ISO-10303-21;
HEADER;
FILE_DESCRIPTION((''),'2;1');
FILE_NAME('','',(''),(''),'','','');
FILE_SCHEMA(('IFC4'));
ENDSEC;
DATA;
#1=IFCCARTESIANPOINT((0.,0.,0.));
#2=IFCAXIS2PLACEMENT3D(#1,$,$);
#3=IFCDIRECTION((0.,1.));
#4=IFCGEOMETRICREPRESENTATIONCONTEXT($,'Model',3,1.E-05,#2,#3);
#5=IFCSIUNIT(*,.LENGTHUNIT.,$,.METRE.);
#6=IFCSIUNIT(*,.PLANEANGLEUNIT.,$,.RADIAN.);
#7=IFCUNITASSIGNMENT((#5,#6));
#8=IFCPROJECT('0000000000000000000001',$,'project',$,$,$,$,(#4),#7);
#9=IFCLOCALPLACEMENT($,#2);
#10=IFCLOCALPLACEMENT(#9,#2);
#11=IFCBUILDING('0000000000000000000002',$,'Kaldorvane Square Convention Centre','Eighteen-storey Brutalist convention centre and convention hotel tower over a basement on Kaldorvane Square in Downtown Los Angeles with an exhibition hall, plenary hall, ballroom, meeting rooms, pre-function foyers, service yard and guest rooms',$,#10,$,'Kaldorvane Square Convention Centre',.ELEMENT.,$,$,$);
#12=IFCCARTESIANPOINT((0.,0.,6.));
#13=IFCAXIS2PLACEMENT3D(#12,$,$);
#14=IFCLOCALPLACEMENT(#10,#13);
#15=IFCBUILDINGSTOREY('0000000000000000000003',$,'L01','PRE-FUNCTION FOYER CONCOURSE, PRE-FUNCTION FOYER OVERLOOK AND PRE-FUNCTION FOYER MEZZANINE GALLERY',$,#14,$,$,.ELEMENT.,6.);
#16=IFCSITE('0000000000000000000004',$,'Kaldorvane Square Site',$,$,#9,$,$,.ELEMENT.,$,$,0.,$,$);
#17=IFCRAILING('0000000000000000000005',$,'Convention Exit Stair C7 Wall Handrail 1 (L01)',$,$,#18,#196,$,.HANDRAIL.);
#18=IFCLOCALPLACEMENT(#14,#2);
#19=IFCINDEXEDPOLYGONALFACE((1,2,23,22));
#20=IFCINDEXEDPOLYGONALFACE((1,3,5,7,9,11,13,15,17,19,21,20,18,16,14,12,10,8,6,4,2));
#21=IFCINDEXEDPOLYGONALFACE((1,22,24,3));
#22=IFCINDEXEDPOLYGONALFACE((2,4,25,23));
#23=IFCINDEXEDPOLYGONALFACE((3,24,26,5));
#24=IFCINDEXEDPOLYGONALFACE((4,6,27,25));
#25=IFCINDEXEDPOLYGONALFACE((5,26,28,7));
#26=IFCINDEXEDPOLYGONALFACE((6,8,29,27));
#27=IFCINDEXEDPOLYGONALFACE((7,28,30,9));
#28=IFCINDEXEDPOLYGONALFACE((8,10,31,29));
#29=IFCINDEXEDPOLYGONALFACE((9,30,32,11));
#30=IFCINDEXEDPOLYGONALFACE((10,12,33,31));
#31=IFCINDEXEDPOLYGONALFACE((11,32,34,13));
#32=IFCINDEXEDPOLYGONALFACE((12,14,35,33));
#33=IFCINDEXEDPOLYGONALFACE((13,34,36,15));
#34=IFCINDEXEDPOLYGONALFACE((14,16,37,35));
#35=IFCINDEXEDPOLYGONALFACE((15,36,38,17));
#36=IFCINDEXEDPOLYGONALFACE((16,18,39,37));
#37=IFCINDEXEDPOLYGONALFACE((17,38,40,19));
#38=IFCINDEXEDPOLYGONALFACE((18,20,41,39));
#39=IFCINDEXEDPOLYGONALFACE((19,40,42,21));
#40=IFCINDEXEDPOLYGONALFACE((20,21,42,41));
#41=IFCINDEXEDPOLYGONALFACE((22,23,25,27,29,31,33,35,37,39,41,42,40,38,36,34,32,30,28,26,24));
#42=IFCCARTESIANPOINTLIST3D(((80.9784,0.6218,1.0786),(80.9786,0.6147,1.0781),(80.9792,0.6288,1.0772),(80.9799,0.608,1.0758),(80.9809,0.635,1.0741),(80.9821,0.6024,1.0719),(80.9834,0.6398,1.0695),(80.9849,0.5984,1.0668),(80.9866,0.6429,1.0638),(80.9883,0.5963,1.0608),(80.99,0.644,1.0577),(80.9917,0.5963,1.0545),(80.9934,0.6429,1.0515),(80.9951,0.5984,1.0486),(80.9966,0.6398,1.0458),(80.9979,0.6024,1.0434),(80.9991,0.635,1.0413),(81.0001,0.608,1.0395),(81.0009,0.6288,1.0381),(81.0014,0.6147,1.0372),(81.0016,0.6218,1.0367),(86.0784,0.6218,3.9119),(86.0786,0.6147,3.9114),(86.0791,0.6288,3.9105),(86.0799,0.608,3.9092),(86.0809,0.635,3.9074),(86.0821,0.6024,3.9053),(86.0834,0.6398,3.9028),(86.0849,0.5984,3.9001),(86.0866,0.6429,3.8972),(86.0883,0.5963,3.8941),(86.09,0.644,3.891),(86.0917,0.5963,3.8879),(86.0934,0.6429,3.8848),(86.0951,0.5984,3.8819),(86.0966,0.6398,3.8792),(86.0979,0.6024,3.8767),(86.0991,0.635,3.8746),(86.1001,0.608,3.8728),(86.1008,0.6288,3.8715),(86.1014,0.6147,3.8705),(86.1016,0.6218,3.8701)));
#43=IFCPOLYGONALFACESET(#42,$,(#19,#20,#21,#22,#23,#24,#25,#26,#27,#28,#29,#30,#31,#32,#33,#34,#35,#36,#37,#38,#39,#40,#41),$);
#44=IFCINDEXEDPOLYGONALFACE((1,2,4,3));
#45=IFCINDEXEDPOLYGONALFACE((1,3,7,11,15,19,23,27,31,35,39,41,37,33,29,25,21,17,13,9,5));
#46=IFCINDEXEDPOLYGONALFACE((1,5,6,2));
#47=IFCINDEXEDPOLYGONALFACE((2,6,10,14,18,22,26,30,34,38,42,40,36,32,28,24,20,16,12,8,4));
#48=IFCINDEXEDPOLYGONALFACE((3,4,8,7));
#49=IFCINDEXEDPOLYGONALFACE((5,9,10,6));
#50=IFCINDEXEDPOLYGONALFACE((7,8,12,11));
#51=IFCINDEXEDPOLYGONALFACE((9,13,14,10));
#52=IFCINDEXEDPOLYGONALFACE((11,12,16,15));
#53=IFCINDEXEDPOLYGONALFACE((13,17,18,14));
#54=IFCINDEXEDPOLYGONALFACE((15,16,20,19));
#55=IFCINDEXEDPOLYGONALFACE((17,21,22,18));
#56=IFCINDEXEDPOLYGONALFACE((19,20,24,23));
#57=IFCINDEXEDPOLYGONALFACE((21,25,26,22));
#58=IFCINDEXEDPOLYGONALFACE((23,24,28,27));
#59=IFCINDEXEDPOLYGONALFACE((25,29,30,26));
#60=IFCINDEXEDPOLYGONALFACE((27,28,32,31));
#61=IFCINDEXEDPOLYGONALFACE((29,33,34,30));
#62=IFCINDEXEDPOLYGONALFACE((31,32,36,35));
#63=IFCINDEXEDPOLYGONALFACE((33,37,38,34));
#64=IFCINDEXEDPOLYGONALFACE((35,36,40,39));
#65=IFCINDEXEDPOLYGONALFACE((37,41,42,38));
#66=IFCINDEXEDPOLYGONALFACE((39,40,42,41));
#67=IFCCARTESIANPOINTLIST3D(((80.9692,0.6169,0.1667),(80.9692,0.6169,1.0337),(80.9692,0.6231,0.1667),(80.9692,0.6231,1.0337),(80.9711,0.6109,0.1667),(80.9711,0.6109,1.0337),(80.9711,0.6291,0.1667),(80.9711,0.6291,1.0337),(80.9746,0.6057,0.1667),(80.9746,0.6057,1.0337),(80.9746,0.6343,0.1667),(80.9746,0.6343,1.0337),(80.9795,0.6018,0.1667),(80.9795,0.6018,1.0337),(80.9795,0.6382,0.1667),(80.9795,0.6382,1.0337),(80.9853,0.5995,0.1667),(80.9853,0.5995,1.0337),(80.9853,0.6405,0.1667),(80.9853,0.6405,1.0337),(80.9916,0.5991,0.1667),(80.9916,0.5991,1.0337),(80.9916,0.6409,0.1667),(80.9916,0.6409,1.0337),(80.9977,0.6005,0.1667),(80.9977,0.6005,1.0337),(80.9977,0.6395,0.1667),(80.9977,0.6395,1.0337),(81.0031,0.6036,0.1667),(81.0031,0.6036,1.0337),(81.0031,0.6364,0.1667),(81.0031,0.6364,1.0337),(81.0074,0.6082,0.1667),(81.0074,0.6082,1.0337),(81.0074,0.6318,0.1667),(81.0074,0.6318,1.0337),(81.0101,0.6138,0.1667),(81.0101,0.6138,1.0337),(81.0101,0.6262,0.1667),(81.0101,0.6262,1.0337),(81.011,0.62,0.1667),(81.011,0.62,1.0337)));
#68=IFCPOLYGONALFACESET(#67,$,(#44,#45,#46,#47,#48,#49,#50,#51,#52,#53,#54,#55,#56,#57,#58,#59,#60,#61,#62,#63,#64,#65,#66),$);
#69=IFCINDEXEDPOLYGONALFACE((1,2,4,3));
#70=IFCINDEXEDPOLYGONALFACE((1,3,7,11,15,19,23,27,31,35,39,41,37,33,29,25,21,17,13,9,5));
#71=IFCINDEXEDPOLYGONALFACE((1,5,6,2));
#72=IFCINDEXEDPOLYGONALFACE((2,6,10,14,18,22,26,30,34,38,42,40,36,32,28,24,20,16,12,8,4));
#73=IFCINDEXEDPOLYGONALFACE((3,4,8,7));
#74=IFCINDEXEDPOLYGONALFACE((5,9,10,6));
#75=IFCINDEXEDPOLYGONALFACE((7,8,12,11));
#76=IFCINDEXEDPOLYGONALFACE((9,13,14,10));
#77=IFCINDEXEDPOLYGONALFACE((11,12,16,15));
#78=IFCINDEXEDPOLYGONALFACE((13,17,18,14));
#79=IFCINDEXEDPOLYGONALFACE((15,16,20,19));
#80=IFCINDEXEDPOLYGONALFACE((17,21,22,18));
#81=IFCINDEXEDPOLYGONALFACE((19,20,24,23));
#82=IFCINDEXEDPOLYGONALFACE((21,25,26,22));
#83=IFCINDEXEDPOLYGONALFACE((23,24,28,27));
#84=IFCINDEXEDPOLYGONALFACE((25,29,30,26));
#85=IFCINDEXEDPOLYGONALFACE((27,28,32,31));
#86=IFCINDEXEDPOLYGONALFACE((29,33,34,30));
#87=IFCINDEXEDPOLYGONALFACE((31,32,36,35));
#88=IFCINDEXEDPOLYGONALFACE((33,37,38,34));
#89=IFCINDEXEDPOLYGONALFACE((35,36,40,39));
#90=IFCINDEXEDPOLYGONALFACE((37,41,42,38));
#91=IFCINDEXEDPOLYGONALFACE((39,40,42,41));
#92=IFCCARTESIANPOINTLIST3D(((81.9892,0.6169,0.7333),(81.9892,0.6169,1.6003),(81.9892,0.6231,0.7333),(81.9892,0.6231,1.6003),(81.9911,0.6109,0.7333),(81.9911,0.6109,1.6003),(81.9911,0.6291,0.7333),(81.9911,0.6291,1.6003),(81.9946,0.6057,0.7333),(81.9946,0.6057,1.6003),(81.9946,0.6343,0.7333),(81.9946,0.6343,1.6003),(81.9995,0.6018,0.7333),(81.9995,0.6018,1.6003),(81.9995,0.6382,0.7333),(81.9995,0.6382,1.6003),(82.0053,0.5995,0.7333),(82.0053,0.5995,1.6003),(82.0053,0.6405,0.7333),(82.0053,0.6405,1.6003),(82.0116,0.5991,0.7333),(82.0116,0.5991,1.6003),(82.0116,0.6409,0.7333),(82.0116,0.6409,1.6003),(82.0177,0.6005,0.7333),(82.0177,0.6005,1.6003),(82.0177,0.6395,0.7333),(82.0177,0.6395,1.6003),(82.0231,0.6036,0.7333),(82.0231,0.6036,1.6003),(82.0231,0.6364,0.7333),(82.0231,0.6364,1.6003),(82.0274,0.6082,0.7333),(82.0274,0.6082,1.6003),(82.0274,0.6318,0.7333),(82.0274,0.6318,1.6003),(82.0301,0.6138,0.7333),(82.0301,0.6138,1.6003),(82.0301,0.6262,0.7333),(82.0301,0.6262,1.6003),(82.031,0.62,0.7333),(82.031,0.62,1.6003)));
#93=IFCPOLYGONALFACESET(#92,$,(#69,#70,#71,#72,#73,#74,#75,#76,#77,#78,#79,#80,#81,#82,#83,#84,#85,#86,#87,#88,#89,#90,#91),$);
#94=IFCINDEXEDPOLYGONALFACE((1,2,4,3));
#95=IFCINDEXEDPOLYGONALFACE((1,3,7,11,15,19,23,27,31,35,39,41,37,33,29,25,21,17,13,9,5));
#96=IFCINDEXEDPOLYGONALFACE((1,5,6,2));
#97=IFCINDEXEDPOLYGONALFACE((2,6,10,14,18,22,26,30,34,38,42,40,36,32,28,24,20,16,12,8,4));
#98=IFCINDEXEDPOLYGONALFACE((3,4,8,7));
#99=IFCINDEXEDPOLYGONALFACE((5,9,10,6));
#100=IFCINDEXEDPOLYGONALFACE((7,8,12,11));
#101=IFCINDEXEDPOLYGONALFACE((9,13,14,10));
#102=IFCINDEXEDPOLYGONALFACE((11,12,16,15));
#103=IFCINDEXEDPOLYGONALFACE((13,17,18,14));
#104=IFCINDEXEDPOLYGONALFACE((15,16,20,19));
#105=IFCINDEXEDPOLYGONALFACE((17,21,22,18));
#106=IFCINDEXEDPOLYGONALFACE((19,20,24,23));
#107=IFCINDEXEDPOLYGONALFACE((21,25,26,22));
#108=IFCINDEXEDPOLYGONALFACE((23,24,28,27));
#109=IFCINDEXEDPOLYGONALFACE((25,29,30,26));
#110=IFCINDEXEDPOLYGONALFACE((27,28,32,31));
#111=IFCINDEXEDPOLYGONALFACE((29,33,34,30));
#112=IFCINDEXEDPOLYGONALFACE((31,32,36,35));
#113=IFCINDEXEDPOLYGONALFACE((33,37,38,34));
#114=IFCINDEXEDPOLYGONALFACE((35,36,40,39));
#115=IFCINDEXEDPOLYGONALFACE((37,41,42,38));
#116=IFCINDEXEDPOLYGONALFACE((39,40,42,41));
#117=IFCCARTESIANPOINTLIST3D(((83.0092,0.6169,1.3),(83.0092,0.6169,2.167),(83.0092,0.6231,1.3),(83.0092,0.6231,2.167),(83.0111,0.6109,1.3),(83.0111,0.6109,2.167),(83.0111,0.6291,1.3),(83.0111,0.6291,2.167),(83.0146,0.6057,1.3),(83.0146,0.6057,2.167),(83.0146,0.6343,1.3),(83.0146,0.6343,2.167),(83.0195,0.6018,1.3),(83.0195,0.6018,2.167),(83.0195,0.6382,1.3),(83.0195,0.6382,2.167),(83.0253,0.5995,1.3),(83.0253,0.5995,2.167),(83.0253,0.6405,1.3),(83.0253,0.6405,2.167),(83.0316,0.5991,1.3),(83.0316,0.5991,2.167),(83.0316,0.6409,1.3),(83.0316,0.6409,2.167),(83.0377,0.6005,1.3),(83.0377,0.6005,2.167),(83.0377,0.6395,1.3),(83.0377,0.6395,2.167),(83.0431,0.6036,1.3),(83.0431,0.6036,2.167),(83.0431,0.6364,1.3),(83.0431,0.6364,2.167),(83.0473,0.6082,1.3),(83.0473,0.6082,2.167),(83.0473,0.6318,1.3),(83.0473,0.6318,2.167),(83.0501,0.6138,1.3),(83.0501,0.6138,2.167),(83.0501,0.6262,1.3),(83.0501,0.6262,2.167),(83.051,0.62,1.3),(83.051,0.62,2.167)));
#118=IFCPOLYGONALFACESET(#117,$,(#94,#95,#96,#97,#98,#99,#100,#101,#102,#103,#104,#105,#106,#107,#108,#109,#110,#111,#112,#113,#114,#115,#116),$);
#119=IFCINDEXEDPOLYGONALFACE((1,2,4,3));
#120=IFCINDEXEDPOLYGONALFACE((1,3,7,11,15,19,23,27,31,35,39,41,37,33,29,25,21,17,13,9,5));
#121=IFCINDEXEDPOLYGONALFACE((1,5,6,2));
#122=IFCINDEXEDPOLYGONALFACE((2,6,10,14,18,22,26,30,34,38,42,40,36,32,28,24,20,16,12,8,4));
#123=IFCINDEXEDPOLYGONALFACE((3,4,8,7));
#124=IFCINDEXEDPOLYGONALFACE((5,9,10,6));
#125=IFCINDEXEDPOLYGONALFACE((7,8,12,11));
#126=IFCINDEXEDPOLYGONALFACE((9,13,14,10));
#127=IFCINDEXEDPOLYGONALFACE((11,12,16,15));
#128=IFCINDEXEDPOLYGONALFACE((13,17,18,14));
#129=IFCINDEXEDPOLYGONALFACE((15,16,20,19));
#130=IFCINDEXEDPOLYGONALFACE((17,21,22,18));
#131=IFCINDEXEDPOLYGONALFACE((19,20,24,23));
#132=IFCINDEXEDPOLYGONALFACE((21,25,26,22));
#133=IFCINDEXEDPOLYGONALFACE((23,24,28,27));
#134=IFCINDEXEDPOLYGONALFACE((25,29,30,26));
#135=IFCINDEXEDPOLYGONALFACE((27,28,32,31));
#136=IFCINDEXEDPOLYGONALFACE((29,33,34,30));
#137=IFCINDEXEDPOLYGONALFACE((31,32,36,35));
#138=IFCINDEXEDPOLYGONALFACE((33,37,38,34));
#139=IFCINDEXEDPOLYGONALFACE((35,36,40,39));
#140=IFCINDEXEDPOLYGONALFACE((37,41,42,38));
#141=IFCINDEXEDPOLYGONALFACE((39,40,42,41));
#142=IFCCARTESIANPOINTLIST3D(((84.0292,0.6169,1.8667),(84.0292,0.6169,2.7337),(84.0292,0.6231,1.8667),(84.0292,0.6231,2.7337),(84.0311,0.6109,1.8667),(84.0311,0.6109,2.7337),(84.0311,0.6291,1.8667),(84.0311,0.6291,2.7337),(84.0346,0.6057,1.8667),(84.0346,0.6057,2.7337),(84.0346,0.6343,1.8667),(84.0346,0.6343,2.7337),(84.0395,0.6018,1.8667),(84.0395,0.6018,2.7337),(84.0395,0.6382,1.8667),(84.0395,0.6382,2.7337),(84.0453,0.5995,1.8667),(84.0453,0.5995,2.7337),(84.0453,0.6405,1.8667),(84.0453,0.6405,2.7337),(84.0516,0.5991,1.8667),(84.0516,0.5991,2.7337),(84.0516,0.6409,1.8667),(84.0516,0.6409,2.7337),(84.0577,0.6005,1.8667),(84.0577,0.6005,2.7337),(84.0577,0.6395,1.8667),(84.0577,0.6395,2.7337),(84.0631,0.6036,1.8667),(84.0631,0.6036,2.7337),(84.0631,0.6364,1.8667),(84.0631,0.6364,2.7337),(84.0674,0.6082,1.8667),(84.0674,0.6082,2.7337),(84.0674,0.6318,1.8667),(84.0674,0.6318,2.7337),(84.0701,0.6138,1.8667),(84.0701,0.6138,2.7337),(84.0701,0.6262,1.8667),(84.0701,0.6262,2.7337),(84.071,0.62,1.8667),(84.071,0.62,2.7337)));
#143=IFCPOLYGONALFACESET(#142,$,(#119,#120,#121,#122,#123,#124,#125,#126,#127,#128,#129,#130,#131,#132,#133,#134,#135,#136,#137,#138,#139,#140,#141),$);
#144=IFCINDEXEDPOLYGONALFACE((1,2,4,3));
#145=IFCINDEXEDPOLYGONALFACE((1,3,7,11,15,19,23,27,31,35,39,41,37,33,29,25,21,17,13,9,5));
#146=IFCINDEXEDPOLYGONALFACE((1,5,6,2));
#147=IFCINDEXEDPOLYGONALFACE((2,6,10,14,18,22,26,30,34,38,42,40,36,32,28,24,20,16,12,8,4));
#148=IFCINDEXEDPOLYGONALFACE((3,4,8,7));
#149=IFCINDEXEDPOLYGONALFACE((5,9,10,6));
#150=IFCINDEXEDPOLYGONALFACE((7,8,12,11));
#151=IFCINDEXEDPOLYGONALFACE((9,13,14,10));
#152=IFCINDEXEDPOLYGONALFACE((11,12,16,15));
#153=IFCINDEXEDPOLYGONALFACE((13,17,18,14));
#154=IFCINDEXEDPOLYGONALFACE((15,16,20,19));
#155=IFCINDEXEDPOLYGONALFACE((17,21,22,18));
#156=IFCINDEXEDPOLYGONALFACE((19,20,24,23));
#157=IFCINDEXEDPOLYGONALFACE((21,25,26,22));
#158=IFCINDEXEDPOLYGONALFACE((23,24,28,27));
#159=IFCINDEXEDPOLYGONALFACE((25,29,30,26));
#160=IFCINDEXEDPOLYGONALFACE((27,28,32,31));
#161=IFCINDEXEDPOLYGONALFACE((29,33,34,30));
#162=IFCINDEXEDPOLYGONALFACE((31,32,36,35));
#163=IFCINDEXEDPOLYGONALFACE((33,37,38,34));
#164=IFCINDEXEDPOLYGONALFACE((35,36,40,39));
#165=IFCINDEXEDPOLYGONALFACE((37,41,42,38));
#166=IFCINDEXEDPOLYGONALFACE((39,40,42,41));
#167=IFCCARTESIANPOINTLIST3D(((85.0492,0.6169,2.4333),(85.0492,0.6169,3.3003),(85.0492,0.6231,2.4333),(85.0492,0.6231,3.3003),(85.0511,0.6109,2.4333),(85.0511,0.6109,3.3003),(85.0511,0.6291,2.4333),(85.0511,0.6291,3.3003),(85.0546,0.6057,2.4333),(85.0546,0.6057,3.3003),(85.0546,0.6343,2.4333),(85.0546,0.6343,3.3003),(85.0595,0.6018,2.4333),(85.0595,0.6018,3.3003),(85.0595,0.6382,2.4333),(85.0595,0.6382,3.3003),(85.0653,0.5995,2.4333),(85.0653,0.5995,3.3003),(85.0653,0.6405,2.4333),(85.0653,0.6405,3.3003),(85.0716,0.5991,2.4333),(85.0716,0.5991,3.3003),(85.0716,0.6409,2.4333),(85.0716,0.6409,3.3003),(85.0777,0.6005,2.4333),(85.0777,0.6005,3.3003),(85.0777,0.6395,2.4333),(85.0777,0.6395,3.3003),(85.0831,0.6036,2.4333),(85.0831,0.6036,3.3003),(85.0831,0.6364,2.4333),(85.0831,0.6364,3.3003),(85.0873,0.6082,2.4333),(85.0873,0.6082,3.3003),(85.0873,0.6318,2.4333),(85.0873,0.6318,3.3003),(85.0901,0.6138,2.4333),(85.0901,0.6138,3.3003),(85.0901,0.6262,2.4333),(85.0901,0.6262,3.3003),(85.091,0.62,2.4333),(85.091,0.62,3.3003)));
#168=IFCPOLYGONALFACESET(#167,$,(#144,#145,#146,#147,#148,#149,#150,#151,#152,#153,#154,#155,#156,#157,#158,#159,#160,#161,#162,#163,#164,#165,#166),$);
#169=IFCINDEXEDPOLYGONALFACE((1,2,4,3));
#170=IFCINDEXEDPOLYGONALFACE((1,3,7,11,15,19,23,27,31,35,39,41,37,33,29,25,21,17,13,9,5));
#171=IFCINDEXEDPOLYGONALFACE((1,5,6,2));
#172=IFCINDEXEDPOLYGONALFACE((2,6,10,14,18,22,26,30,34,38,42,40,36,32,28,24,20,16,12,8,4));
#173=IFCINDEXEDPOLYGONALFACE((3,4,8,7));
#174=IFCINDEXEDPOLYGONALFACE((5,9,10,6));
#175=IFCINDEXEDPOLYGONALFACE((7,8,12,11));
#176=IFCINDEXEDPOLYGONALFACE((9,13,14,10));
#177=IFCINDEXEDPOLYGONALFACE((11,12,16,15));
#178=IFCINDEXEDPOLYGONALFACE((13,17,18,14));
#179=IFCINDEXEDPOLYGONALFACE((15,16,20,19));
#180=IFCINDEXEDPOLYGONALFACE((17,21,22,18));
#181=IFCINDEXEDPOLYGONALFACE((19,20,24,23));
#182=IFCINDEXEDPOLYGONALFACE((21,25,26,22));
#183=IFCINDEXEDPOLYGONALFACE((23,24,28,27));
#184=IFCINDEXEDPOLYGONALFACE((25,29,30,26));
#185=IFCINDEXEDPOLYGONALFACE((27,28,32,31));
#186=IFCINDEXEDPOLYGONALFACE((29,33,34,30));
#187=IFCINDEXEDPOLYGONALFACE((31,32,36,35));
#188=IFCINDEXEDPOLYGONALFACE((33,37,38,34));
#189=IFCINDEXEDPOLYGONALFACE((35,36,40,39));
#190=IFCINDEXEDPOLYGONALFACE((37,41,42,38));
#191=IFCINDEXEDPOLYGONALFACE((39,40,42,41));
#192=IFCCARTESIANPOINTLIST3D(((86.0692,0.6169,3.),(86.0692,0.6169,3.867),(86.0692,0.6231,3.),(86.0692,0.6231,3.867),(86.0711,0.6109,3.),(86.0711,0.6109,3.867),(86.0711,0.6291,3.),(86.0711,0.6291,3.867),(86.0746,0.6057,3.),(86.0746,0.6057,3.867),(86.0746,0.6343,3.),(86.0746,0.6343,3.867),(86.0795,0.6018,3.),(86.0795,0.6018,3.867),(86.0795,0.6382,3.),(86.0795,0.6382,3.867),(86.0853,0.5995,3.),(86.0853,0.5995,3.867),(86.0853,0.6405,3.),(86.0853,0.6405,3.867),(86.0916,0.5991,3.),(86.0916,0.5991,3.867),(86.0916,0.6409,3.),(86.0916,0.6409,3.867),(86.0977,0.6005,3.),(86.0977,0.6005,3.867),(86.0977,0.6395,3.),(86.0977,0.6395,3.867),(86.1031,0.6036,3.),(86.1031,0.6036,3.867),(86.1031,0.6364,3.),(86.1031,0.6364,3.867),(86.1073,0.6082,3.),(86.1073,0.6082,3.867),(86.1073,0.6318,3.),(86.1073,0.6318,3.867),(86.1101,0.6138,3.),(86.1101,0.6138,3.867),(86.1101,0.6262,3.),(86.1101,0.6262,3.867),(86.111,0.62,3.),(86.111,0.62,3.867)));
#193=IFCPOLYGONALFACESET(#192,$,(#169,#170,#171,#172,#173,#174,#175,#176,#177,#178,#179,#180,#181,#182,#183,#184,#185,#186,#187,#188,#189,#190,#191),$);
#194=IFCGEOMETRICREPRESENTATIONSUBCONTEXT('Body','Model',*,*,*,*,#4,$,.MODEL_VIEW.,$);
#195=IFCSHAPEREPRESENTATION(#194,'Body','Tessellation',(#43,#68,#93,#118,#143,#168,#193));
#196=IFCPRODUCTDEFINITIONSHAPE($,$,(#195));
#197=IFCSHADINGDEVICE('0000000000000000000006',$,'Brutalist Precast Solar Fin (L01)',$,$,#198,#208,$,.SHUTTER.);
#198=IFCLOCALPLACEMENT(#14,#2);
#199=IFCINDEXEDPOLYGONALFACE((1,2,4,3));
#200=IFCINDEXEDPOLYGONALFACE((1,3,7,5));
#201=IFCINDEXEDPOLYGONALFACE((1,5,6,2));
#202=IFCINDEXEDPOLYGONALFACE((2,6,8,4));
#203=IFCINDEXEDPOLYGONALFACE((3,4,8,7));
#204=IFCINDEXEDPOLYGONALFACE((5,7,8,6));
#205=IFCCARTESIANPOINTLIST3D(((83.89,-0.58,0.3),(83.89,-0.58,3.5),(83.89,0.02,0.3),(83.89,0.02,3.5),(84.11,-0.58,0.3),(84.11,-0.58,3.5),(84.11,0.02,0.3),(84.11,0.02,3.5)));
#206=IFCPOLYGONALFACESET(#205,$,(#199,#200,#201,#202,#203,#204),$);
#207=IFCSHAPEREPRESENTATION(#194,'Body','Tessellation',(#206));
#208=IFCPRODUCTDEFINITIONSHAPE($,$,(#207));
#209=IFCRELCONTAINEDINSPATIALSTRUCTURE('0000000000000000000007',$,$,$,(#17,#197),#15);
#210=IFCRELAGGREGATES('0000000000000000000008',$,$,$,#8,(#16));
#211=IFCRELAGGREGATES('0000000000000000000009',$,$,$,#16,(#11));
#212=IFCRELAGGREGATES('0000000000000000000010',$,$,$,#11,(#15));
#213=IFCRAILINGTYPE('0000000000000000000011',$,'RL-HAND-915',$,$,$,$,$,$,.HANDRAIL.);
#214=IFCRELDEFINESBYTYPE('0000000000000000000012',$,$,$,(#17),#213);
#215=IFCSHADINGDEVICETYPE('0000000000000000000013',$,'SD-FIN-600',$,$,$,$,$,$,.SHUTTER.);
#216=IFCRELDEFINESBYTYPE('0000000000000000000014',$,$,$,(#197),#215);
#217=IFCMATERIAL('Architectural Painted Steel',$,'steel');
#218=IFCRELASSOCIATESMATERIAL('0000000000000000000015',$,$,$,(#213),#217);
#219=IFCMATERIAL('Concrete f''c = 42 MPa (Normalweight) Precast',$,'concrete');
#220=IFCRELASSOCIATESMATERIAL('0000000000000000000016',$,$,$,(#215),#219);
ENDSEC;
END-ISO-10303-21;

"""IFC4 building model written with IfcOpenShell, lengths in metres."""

from ifc_helpers import new_model, si_unit, direction, frame, origin, origin_2d, place, context, subcontext, project, spatial, rectangle, circle, extrude, material, type_object, element, save


model = new_model("IFC4")

# Units and contexts
model_context = context("Model", 3, precision=1e-05, world=origin(), true_north=direction((0.0, 1.0)))
body_context = subcontext(model_context, "Body", "Model", "MODEL_VIEW")
ifc_project = project(units=[si_unit("LENGTHUNIT", "METRE"), si_unit("PLANEANGLEUNIT", "RADIAN")], contexts=[model_context])

# Site, building, storey
site_placement = place(None, origin())
site = spatial("IfcSite", under=ifc_project, at=site_placement, Name="Kaldorvane Square Site", CompositionType="ELEMENT", RefElevation=0.0)
building_placement = place(site_placement, origin())
building = spatial("IfcBuilding", under=site, at=building_placement, Name="Kaldorvane Square Convention Centre", Description="Eighteen-storey Brutalist convention centre and convention hotel tower over a basement on Kaldorvane Square in Downtown Los Angeles with an exhibition hall, plenary hall, ballroom, meeting rooms, pre-function foyers, service yard and guest rooms", LongName="Kaldorvane Square Convention Centre", CompositionType="ELEMENT")
storey_placement = place(building_placement, frame((0.0, 0.0, 6.0)))
storey = spatial("IfcBuildingStorey", under=building, at=storey_placement, Name="L01", Description="PRE-FUNCTION FOYER CONCOURSE, PRE-FUNCTION FOYER OVERLOOK AND PRE-FUNCTION FOYER MEZZANINE GALLERY", CompositionType="ELEMENT", Elevation=6.0)

# Railing
ifc_material_1 = material(Name="Architectural Painted Steel", Category="steel")
railing_type_1 = type_object("IfcRailingType", Name="RL-HAND-915", PredefinedType="HANDRAIL", material=ifc_material_1)
railing_1_placement = place(storey_placement, frame((80.99, 0.62, 0.1667)))
element("IfcRailing", 1, at=railing_1_placement, inside=storey, type_object=railing_type_1, Name="Convention Exit Stair C7 Wall Handrail 1 (L01)", PredefinedType="HANDRAIL", context=body_context, shape_type="SweptSolid", body=[
    extrude(circle(Radius=0.024, at=origin_2d()), frame((0.0, 0.0, 0.891), z_axis=(0.874157, 0.0, 0.485643), x_axis=(0.0, 1.0, 0.0)), (0.0, 0.0, 1.0), 5.8342),
    extrude(circle(Radius=0.021, at=origin_2d()), origin(), (0.0, 0.0, 1.0), 0.867),
    extrude(circle(Radius=0.021, at=origin_2d()), frame((1.02, 0.0, 0.5667)), (0.0, 0.0, 1.0), 0.867),
    extrude(circle(Radius=0.021, at=origin_2d()), frame((2.04, 0.0, 1.1333)), (0.0, 0.0, 1.0), 0.867),
    extrude(circle(Radius=0.021, at=origin_2d()), frame((3.06, 0.0, 1.7)), (0.0, 0.0, 1.0), 0.867),
    extrude(circle(Radius=0.021, at=origin_2d()), frame((4.08, 0.0, 2.2667)), (0.0, 0.0, 1.0), 0.867),
    extrude(circle(Radius=0.021, at=origin_2d()), frame((5.1, 0.0, 2.8333)), (0.0, 0.0, 1.0), 0.867),
])

# Shading device
ifc_material_2 = material(Name="Concrete f'c = 42 MPa (Normalweight) Precast", Category="concrete")
shading_device_type = type_object("IfcShadingDeviceType", Name="SD-FIN-600", PredefinedType="SHUTTER", material=ifc_material_2)
shading_device_placement = place(storey_placement, frame((84.0, -0.28, 0.3), z_axis=(0.0, 0.0, 1.0), x_axis=(1.0, 0.0, 0.0)))
element("IfcShadingDevice", 2, at=shading_device_placement, inside=storey, type_object=shading_device_type, Name="Brutalist Precast Solar Fin (L01)", PredefinedType="SHUTTER", context=body_context, shape_type="SweptSolid", body=[
    extrude(rectangle(XDim=0.22, YDim=0.6, at=origin_2d()), origin(), (0.0, 0.0, 1.0), 3.2),
])

save(model, "model.ifc")
